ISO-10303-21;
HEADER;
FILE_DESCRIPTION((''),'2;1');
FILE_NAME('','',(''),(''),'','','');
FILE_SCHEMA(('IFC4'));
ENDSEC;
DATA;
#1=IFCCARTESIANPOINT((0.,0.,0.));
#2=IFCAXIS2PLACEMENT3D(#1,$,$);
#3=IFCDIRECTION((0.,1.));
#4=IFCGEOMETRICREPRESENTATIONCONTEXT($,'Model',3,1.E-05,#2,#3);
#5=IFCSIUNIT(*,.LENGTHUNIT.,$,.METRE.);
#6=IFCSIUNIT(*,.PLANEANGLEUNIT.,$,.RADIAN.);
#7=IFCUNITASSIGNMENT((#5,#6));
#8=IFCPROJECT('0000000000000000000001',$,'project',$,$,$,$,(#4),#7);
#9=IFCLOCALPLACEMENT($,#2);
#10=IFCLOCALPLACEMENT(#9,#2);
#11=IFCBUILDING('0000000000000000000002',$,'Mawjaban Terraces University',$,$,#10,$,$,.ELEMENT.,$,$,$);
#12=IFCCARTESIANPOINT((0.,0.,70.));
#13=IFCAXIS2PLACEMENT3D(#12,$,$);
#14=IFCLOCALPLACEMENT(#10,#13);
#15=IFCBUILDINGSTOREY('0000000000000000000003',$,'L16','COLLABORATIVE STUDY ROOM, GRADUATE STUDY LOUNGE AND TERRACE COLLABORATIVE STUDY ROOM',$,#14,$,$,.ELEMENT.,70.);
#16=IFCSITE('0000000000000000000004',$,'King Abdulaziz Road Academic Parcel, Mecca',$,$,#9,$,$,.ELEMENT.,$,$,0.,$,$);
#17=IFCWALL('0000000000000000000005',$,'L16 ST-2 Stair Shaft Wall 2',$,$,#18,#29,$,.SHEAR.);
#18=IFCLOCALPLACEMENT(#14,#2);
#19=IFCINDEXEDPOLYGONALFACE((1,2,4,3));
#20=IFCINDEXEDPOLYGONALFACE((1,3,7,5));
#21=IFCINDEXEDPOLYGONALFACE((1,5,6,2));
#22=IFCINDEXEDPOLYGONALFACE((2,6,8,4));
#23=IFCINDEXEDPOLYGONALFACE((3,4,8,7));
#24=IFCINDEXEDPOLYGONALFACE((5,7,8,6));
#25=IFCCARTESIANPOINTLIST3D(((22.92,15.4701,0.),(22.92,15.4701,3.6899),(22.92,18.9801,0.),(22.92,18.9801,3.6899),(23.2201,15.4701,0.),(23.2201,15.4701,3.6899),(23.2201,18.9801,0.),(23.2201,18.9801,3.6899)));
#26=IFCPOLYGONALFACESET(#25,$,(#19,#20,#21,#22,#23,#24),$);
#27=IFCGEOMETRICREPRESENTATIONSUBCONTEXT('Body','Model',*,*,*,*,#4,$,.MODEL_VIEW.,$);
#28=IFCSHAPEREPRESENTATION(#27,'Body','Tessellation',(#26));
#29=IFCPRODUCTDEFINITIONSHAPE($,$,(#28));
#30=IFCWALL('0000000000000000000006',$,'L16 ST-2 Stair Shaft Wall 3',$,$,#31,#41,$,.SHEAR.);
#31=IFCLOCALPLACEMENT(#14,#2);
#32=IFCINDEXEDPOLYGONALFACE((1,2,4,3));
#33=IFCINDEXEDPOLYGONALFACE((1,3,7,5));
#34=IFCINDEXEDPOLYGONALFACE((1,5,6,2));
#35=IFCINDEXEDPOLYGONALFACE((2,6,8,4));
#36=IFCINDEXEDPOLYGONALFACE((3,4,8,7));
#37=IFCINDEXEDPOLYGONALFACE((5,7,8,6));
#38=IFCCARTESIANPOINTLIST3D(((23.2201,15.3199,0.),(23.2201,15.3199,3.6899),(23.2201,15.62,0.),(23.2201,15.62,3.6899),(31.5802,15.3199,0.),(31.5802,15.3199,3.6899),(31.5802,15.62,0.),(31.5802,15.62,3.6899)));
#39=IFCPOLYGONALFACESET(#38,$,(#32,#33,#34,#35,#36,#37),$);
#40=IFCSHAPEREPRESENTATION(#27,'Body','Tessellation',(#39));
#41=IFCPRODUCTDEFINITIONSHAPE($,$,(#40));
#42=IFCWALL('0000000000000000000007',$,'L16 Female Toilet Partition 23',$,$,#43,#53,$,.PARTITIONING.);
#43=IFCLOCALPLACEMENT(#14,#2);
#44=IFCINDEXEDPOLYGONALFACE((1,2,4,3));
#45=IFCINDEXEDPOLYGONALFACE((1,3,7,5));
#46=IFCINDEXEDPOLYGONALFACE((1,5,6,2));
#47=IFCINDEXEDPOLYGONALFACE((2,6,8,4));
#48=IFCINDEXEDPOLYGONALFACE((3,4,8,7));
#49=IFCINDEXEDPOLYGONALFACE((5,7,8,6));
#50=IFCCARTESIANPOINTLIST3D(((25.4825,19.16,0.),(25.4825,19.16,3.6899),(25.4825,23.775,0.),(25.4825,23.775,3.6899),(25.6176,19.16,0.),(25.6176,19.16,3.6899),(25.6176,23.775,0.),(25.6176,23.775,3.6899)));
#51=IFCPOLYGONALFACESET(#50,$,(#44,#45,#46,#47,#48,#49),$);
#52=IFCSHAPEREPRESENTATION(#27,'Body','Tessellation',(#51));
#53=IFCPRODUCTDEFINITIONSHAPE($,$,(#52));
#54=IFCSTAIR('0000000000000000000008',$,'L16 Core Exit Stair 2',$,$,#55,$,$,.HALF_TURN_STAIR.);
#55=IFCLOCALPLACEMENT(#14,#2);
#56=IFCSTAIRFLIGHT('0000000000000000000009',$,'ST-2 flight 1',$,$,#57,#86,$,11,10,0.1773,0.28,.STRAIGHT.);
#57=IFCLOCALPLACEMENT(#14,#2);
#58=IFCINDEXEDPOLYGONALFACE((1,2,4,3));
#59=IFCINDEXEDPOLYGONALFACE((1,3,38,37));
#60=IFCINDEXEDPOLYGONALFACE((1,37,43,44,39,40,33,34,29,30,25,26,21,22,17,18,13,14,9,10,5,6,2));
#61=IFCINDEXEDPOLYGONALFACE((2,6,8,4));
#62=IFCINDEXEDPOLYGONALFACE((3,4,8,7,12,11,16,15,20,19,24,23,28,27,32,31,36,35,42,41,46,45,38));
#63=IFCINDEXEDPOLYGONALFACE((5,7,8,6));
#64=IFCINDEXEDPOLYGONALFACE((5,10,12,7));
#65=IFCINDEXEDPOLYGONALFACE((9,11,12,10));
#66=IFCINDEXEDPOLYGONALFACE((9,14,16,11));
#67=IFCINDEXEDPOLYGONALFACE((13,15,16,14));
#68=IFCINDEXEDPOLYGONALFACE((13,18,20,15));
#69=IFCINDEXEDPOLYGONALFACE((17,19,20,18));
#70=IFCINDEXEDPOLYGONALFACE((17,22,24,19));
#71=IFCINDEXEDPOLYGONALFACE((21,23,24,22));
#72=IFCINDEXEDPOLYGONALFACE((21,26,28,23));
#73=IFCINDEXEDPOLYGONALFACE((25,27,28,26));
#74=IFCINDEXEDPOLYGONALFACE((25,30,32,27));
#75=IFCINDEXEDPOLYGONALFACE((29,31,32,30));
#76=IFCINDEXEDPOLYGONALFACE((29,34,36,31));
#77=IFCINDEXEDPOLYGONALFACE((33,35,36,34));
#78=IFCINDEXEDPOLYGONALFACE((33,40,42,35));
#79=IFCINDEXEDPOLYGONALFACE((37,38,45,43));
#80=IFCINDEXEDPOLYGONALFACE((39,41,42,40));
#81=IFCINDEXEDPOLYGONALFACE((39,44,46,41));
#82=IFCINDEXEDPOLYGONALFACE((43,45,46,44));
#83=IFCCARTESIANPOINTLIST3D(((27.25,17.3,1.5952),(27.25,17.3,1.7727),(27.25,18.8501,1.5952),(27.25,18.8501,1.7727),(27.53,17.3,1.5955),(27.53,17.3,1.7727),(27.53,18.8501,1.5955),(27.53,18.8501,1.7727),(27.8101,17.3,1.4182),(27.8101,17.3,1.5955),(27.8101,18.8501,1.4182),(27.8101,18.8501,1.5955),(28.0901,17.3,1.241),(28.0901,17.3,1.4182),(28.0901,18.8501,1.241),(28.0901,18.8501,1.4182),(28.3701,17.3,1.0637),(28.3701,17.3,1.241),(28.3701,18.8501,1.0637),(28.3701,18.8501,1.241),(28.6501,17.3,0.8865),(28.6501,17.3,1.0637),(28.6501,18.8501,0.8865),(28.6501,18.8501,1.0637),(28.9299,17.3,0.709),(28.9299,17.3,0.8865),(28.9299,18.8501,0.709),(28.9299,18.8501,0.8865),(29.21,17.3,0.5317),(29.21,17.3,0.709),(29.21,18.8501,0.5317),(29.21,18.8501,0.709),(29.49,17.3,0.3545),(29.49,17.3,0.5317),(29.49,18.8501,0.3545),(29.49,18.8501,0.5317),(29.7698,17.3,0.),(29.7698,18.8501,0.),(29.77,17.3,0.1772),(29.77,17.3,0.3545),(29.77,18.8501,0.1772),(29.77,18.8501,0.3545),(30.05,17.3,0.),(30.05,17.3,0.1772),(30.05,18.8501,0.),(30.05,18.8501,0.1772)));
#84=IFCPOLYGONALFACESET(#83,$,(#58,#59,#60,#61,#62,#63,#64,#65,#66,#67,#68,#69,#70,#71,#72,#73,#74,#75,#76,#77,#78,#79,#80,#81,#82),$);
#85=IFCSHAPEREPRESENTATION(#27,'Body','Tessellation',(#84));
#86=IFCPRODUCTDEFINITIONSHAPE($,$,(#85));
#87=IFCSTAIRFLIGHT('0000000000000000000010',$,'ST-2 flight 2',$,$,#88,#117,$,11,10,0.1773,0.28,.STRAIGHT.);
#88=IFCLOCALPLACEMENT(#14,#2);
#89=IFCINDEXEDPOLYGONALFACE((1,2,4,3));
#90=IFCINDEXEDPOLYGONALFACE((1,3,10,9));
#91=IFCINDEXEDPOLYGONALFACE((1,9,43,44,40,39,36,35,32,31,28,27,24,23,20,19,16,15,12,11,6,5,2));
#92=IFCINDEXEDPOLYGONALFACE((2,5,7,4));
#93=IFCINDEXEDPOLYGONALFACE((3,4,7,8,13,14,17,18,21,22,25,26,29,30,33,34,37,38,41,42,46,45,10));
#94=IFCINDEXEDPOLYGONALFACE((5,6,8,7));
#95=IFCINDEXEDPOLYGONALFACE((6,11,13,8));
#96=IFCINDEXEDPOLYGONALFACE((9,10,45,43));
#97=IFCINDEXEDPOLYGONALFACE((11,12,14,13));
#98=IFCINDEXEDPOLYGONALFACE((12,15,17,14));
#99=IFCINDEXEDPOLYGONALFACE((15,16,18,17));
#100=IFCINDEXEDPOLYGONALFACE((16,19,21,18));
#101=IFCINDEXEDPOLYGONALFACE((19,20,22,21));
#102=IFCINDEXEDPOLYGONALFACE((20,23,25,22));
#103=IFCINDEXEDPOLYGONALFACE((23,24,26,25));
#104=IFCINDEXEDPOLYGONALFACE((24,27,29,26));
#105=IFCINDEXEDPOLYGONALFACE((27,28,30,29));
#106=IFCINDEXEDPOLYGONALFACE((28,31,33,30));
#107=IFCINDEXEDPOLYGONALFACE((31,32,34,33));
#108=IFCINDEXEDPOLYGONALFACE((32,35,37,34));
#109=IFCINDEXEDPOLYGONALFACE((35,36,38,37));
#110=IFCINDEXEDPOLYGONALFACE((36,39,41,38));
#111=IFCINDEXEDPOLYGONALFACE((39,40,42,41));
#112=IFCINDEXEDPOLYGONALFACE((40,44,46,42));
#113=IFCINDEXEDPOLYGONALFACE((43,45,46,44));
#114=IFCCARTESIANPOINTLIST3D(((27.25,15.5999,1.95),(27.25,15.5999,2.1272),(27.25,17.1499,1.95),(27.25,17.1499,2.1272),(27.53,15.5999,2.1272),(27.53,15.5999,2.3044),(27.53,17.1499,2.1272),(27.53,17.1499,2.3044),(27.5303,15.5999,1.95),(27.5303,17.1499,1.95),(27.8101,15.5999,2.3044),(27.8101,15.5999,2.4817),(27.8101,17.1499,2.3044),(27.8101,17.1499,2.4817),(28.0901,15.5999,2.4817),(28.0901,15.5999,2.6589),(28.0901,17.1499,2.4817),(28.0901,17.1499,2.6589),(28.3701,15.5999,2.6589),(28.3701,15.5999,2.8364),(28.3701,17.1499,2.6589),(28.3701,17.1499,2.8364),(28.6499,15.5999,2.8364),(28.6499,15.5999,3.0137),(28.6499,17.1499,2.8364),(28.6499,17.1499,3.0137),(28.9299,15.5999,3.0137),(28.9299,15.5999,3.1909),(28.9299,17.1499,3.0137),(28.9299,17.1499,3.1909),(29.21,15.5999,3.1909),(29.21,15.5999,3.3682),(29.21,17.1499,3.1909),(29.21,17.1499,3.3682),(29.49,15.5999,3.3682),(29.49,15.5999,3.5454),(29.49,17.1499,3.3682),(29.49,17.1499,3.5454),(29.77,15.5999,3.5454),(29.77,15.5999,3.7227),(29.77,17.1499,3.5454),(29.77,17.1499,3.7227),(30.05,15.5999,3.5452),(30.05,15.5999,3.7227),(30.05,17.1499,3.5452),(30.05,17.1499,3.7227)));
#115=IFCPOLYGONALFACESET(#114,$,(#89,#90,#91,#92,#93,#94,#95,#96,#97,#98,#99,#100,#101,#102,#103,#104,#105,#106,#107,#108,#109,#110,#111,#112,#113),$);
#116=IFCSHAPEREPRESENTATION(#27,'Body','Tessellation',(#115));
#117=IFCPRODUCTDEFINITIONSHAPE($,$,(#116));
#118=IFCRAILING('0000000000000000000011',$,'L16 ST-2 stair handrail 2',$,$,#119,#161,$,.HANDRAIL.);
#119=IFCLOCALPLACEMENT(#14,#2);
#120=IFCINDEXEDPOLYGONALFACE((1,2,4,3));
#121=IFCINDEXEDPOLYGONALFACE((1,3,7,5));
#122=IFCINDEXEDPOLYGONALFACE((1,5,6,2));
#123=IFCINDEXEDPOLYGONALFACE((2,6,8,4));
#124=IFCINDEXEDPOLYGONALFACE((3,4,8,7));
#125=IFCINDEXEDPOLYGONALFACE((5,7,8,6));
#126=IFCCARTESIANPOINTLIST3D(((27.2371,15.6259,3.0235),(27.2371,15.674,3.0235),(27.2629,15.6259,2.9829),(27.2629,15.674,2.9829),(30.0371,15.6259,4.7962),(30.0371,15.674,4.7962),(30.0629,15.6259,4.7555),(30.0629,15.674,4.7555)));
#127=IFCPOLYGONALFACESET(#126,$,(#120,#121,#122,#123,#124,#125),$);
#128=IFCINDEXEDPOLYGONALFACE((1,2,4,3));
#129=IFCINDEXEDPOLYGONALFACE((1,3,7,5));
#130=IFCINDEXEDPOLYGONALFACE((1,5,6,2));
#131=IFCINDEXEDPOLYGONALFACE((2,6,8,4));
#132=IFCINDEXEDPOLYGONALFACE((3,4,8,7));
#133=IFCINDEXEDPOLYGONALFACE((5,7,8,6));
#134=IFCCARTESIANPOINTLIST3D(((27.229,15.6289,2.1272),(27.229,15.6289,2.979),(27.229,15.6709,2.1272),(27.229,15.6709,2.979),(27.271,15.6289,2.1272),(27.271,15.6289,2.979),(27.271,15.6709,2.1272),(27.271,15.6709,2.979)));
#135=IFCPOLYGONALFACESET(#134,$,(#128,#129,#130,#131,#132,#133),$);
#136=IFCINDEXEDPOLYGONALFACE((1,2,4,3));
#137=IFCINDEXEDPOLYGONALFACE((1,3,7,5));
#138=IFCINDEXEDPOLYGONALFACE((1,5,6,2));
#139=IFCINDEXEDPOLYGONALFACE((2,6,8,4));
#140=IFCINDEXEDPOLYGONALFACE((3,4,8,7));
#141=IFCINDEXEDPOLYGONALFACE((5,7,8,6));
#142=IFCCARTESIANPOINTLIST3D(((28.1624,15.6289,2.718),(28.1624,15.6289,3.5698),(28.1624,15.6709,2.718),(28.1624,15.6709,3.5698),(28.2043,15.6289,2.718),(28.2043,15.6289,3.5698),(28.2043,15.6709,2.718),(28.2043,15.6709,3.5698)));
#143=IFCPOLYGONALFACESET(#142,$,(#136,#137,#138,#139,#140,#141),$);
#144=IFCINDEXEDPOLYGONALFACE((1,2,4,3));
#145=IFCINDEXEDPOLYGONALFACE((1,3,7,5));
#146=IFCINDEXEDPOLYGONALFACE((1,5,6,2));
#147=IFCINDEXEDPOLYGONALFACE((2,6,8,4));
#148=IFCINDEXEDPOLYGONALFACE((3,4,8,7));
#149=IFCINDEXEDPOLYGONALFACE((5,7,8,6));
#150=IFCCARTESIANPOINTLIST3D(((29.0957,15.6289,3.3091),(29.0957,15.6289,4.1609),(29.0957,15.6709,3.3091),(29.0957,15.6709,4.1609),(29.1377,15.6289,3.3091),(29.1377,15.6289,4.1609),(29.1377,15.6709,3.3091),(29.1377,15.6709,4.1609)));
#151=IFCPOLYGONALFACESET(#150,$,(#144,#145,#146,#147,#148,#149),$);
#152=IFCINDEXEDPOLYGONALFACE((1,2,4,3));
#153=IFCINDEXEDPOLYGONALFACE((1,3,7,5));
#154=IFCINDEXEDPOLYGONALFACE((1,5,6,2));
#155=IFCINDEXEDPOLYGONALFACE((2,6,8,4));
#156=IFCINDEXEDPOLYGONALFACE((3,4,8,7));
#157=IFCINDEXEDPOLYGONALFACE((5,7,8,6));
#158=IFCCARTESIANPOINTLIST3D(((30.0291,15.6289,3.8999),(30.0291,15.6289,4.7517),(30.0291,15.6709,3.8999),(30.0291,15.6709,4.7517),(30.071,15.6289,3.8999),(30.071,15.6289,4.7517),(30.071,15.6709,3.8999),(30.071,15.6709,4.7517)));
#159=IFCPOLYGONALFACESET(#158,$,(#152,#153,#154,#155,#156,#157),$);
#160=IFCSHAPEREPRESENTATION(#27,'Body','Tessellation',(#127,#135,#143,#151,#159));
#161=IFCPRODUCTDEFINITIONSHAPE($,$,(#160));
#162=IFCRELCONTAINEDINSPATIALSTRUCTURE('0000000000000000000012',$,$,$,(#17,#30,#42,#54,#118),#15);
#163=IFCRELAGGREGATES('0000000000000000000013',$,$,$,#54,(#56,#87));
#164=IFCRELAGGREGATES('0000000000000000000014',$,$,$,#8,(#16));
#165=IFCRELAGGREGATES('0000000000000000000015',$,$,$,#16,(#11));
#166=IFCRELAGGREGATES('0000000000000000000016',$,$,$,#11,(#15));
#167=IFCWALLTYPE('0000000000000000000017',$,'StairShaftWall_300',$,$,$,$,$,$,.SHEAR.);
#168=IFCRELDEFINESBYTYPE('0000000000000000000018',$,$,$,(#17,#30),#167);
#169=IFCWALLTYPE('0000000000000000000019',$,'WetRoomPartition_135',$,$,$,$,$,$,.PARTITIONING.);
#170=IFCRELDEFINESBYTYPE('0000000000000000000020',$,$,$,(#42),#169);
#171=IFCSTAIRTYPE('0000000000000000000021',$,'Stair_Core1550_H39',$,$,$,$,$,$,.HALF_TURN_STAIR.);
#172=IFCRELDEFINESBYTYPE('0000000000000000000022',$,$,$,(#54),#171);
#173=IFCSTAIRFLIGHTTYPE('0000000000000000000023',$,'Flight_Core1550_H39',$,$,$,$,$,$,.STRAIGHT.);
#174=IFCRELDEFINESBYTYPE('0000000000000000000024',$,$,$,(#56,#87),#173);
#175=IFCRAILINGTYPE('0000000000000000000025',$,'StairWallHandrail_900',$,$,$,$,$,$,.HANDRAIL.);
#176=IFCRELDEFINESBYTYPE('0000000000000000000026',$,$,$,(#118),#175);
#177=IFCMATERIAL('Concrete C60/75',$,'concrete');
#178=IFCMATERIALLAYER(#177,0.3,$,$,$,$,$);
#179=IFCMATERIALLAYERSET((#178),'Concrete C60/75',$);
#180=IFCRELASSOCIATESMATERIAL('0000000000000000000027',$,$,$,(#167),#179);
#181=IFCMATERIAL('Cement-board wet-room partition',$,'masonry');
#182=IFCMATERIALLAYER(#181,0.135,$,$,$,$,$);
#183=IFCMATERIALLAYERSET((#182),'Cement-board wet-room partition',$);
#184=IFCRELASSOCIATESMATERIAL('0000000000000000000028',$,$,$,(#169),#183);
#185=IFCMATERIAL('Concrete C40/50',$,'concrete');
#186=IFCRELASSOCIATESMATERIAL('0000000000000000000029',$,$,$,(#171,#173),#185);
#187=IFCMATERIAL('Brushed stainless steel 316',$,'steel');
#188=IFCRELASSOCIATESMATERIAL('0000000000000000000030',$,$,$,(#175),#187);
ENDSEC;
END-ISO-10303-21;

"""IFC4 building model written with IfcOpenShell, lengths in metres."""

from ifc_helpers import new_model, si_unit, direction, frame, frame_2d, origin, origin_2d, place, context, subcontext, project, spatial, polyline, rectangle, outline, extrude, material, layer, layer_set, type_object, element, aggregate, save


model = new_model("IFC4")

# Units and contexts
model_context = context("Model", 3, precision=1e-05, world=origin(), true_north=direction((0.0, 1.0)))
body_context = subcontext(model_context, "Body", "Model", "MODEL_VIEW")
ifc_project = project(units=[si_unit("LENGTHUNIT", "METRE"), si_unit("PLANEANGLEUNIT", "RADIAN")], contexts=[model_context])

# Site, building, storey
site_placement = place(None, origin())
site = spatial("IfcSite", under=ifc_project, at=site_placement, Name="King Abdulaziz Road Academic Parcel, Mecca", CompositionType="ELEMENT", RefElevation=0.0)
building_placement = place(site_placement, origin())
building = spatial("IfcBuilding", under=site, at=building_placement, Name="Mawjaban Terraces University", CompositionType="ELEMENT")
storey_placement = place(building_placement, frame((0.0, 0.0, 70.0)))
storey = spatial("IfcBuildingStorey", under=building, at=storey_placement, Name="L16", Description="COLLABORATIVE STUDY ROOM, GRADUATE STUDY LOUNGE AND TERRACE COLLABORATIVE STUDY ROOM", CompositionType="ELEMENT", Elevation=70.0)

# Walls
ifc_material_1 = material(Name="Concrete C40/50", Category="concrete")
ifc_material_2 = material(Name="Concrete C60/75", Category="concrete")
ifc_layer_1 = layer(ifc_material_2, 0.3)
ifc_layer_set_1 = layer_set([ifc_layer_1], Name="Concrete C60/75")
wall_type_1 = type_object("IfcWallType", Name="StairShaftWall_300", PredefinedType="SHEAR", material=ifc_layer_set_1)
wall_1_placement = place(storey_placement, frame((23.0701, 18.98, 0.0), z_axis=(0.0, 0.0, 1.0), x_axis=(0.0, -1.0, 0.0)))
element("IfcWall", 1, at=wall_1_placement, inside=storey, type_object=wall_type_1, Name="L16 ST-2 Stair Shaft Wall 2", PredefinedType="SHEAR", context=body_context, shape_type="SweptSolid", body=[
    extrude(rectangle(XDim=3.51, YDim=0.3, at=frame_2d((1.7549, 0.0))), origin(), (0.0, 0.0, 1.0), 3.6899),
])
wall_2_placement = place(storey_placement, frame((23.22, 15.47, 0.0), z_axis=(0.0, 0.0, 1.0), x_axis=(1.0, 0.0, 0.0)))
element("IfcWall", 2, at=wall_2_placement, inside=storey, type_object=wall_type_1, Name="L16 ST-2 Stair Shaft Wall 3", PredefinedType="SHEAR", context=body_context, shape_type="SweptSolid", body=[
    extrude(rectangle(XDim=8.3601, YDim=0.3, at=frame_2d((4.1802, 0.0))), origin(), (0.0, 0.0, 1.0), 3.6899),
])
ifc_material_3 = material(Name="Cement-board wet-room partition", Category="masonry")
ifc_layer_2 = layer(ifc_material_3, 0.135)
ifc_layer_set_2 = layer_set([ifc_layer_2], Name="Cement-board wet-room partition")
wall_type_2 = type_object("IfcWallType", Name="WetRoomPartition_135", PredefinedType="PARTITIONING", material=ifc_layer_set_2)
wall_3_placement = place(storey_placement, frame((25.55, 19.1599, 0.0), z_axis=(0.0, 0.0, 1.0), x_axis=(0.0, 1.0, 0.0)))
element("IfcWall", 3, at=wall_3_placement, inside=storey, type_object=wall_type_2, Name="L16 Female Toilet Partition 23", PredefinedType="PARTITIONING", context=body_context, shape_type="SweptSolid", body=[
    extrude(rectangle(XDim=4.615, YDim=0.135, at=frame_2d((2.3076, 0.0))), origin(), (0.0, 0.0, 1.0), 3.6899),
])

# Stair, stair flights
stair_type = type_object("IfcStairType", Name="Stair_Core1550_H39", PredefinedType="HALF_TURN_STAIR", material=ifc_material_1)
stair_placement = place(storey_placement, origin())
stair = element("IfcStair", 4, at=stair_placement, inside=storey, type_object=stair_type, Name="L16 Core Exit Stair 2", PredefinedType="HALF_TURN_STAIR")
stair_flight_type = type_object("IfcStairFlightType", Name="Flight_Core1550_H39", PredefinedType="STRAIGHT", material=ifc_material_1)
stair_flight_1_placement = place(storey_placement, frame((30.05, 18.075, 0.0), z_axis=(0.0, 0.0, 1.0), x_axis=(-1.0, 0.0, 0.0)))
stair_flight_1 = element("IfcStairFlight", 5, at=stair_flight_1_placement, type_object=stair_flight_type, Name="ST-2 flight 1", NumberOfRisers=11, NumberOfTreads=10, PredefinedType="STRAIGHT", RiserHeight=0.1773, TreadLength=0.28, context=body_context, shape_type="SweptSolid", body=[
    extrude(outline(polyline([(0.0, 0.0), (0.0, 0.1772), (0.28, 0.1772), (0.28, 0.3545), (0.5601, 0.3545), (0.5601, 0.5317), (0.8401, 0.5317), (0.8401, 0.709), (1.1201, 0.709), (1.1201, 0.8865), (1.3999, 0.8865), (1.3999, 1.0637), (1.6799, 1.0637), (1.6799, 1.241), (1.96, 1.241), (1.96, 1.4182), (2.24, 1.4182), (2.24, 1.5955), (2.52, 1.5955), (2.52, 1.7727), (2.8, 1.7727), (2.8, 1.95), (2.8, 1.5952), (0.2803, 0.0), (0.0, 0.0)])), frame((0.0, 0.7749, 0.0), z_axis=(0.0, -1.0, 0.0), x_axis=(1.0, 0.0, 0.0)), (0.0, 0.0, 1.0), 1.55),
])
stair_flight_2_placement = place(storey_placement, frame((27.25, 16.375, 1.95), z_axis=(0.0, 0.0, 1.0), x_axis=(1.0, 0.0, 0.0)))
stair_flight_2 = element("IfcStairFlight", 6, at=stair_flight_2_placement, type_object=stair_flight_type, Name="ST-2 flight 2", NumberOfRisers=11, NumberOfTreads=10, PredefinedType="STRAIGHT", RiserHeight=0.1773, TreadLength=0.28, context=body_context, shape_type="SweptSolid", body=[
    extrude(outline(polyline([(0.0, 0.0), (0.0, 0.1772), (0.28, 0.1772), (0.28, 0.3545), (0.5601, 0.3545), (0.5601, 0.5317), (0.8401, 0.5317), (0.8401, 0.709), (1.1201, 0.709), (1.1201, 0.8865), (1.3999, 0.8865), (1.3999, 1.0637), (1.6799, 1.0637), (1.6799, 1.241), (1.96, 1.241), (1.96, 1.4182), (2.24, 1.4182), (2.24, 1.5955), (2.52, 1.5955), (2.52, 1.7727), (2.8, 1.7727), (2.8, 1.95), (2.8, 1.5952), (0.2803, 0.0), (0.0, 0.0)])), frame((0.0, 0.7749, 0.0), z_axis=(0.0, -1.0, 0.0), x_axis=(1.0, 0.0, 0.0)), (0.0, 0.0, 1.0), 1.55),
])
aggregate(stair, [stair_flight_1, stair_flight_2])

# Railing
ifc_material_4 = material(Name="Brushed stainless steel 316", Category="steel")
railing_type_1 = type_object("IfcRailingType", Name="StairWallHandrail_900", PredefinedType="HANDRAIL", material=ifc_material_4)
railing_1_placement = place(storey_placement, frame((27.25, 15.6499, 2.1272)))
element("IfcRailing", 7, at=railing_1_placement, inside=storey, type_object=railing_type_1, Name="L16 ST-2 stair handrail 2", PredefinedType="HANDRAIL", context=body_context, shape_type="SweptSolid", body=[
    extrude(rectangle(XDim=0.0481, YDim=0.0481, at=origin_2d()), frame((0.0, 0.0, 0.876), z_axis=(0.844909, 0.0, 0.53491), x_axis=(0.0, 1.0, 0.0)), (0.0, 0.0, 1.0), 3.314),
    extrude(rectangle(XDim=0.042, YDim=0.042, at=origin_2d()), origin(), (0.0, 0.0, 1.0), 0.8518),
    extrude(rectangle(XDim=0.042, YDim=0.042, at=origin_2d()), frame((0.9333, 0.0, 0.5908)), (0.0, 0.0, 1.0), 0.8518),
    extrude(rectangle(XDim=0.042, YDim=0.042, at=origin_2d()), frame((1.8667, 0.0, 1.1819)), (0.0, 0.0, 1.0), 0.8518),
    extrude(rectangle(XDim=0.042, YDim=0.042, at=origin_2d()), frame((2.8, 0.0, 1.7727)), (0.0, 0.0, 1.0), 0.8518),
])

save(model, "model.ifc")
